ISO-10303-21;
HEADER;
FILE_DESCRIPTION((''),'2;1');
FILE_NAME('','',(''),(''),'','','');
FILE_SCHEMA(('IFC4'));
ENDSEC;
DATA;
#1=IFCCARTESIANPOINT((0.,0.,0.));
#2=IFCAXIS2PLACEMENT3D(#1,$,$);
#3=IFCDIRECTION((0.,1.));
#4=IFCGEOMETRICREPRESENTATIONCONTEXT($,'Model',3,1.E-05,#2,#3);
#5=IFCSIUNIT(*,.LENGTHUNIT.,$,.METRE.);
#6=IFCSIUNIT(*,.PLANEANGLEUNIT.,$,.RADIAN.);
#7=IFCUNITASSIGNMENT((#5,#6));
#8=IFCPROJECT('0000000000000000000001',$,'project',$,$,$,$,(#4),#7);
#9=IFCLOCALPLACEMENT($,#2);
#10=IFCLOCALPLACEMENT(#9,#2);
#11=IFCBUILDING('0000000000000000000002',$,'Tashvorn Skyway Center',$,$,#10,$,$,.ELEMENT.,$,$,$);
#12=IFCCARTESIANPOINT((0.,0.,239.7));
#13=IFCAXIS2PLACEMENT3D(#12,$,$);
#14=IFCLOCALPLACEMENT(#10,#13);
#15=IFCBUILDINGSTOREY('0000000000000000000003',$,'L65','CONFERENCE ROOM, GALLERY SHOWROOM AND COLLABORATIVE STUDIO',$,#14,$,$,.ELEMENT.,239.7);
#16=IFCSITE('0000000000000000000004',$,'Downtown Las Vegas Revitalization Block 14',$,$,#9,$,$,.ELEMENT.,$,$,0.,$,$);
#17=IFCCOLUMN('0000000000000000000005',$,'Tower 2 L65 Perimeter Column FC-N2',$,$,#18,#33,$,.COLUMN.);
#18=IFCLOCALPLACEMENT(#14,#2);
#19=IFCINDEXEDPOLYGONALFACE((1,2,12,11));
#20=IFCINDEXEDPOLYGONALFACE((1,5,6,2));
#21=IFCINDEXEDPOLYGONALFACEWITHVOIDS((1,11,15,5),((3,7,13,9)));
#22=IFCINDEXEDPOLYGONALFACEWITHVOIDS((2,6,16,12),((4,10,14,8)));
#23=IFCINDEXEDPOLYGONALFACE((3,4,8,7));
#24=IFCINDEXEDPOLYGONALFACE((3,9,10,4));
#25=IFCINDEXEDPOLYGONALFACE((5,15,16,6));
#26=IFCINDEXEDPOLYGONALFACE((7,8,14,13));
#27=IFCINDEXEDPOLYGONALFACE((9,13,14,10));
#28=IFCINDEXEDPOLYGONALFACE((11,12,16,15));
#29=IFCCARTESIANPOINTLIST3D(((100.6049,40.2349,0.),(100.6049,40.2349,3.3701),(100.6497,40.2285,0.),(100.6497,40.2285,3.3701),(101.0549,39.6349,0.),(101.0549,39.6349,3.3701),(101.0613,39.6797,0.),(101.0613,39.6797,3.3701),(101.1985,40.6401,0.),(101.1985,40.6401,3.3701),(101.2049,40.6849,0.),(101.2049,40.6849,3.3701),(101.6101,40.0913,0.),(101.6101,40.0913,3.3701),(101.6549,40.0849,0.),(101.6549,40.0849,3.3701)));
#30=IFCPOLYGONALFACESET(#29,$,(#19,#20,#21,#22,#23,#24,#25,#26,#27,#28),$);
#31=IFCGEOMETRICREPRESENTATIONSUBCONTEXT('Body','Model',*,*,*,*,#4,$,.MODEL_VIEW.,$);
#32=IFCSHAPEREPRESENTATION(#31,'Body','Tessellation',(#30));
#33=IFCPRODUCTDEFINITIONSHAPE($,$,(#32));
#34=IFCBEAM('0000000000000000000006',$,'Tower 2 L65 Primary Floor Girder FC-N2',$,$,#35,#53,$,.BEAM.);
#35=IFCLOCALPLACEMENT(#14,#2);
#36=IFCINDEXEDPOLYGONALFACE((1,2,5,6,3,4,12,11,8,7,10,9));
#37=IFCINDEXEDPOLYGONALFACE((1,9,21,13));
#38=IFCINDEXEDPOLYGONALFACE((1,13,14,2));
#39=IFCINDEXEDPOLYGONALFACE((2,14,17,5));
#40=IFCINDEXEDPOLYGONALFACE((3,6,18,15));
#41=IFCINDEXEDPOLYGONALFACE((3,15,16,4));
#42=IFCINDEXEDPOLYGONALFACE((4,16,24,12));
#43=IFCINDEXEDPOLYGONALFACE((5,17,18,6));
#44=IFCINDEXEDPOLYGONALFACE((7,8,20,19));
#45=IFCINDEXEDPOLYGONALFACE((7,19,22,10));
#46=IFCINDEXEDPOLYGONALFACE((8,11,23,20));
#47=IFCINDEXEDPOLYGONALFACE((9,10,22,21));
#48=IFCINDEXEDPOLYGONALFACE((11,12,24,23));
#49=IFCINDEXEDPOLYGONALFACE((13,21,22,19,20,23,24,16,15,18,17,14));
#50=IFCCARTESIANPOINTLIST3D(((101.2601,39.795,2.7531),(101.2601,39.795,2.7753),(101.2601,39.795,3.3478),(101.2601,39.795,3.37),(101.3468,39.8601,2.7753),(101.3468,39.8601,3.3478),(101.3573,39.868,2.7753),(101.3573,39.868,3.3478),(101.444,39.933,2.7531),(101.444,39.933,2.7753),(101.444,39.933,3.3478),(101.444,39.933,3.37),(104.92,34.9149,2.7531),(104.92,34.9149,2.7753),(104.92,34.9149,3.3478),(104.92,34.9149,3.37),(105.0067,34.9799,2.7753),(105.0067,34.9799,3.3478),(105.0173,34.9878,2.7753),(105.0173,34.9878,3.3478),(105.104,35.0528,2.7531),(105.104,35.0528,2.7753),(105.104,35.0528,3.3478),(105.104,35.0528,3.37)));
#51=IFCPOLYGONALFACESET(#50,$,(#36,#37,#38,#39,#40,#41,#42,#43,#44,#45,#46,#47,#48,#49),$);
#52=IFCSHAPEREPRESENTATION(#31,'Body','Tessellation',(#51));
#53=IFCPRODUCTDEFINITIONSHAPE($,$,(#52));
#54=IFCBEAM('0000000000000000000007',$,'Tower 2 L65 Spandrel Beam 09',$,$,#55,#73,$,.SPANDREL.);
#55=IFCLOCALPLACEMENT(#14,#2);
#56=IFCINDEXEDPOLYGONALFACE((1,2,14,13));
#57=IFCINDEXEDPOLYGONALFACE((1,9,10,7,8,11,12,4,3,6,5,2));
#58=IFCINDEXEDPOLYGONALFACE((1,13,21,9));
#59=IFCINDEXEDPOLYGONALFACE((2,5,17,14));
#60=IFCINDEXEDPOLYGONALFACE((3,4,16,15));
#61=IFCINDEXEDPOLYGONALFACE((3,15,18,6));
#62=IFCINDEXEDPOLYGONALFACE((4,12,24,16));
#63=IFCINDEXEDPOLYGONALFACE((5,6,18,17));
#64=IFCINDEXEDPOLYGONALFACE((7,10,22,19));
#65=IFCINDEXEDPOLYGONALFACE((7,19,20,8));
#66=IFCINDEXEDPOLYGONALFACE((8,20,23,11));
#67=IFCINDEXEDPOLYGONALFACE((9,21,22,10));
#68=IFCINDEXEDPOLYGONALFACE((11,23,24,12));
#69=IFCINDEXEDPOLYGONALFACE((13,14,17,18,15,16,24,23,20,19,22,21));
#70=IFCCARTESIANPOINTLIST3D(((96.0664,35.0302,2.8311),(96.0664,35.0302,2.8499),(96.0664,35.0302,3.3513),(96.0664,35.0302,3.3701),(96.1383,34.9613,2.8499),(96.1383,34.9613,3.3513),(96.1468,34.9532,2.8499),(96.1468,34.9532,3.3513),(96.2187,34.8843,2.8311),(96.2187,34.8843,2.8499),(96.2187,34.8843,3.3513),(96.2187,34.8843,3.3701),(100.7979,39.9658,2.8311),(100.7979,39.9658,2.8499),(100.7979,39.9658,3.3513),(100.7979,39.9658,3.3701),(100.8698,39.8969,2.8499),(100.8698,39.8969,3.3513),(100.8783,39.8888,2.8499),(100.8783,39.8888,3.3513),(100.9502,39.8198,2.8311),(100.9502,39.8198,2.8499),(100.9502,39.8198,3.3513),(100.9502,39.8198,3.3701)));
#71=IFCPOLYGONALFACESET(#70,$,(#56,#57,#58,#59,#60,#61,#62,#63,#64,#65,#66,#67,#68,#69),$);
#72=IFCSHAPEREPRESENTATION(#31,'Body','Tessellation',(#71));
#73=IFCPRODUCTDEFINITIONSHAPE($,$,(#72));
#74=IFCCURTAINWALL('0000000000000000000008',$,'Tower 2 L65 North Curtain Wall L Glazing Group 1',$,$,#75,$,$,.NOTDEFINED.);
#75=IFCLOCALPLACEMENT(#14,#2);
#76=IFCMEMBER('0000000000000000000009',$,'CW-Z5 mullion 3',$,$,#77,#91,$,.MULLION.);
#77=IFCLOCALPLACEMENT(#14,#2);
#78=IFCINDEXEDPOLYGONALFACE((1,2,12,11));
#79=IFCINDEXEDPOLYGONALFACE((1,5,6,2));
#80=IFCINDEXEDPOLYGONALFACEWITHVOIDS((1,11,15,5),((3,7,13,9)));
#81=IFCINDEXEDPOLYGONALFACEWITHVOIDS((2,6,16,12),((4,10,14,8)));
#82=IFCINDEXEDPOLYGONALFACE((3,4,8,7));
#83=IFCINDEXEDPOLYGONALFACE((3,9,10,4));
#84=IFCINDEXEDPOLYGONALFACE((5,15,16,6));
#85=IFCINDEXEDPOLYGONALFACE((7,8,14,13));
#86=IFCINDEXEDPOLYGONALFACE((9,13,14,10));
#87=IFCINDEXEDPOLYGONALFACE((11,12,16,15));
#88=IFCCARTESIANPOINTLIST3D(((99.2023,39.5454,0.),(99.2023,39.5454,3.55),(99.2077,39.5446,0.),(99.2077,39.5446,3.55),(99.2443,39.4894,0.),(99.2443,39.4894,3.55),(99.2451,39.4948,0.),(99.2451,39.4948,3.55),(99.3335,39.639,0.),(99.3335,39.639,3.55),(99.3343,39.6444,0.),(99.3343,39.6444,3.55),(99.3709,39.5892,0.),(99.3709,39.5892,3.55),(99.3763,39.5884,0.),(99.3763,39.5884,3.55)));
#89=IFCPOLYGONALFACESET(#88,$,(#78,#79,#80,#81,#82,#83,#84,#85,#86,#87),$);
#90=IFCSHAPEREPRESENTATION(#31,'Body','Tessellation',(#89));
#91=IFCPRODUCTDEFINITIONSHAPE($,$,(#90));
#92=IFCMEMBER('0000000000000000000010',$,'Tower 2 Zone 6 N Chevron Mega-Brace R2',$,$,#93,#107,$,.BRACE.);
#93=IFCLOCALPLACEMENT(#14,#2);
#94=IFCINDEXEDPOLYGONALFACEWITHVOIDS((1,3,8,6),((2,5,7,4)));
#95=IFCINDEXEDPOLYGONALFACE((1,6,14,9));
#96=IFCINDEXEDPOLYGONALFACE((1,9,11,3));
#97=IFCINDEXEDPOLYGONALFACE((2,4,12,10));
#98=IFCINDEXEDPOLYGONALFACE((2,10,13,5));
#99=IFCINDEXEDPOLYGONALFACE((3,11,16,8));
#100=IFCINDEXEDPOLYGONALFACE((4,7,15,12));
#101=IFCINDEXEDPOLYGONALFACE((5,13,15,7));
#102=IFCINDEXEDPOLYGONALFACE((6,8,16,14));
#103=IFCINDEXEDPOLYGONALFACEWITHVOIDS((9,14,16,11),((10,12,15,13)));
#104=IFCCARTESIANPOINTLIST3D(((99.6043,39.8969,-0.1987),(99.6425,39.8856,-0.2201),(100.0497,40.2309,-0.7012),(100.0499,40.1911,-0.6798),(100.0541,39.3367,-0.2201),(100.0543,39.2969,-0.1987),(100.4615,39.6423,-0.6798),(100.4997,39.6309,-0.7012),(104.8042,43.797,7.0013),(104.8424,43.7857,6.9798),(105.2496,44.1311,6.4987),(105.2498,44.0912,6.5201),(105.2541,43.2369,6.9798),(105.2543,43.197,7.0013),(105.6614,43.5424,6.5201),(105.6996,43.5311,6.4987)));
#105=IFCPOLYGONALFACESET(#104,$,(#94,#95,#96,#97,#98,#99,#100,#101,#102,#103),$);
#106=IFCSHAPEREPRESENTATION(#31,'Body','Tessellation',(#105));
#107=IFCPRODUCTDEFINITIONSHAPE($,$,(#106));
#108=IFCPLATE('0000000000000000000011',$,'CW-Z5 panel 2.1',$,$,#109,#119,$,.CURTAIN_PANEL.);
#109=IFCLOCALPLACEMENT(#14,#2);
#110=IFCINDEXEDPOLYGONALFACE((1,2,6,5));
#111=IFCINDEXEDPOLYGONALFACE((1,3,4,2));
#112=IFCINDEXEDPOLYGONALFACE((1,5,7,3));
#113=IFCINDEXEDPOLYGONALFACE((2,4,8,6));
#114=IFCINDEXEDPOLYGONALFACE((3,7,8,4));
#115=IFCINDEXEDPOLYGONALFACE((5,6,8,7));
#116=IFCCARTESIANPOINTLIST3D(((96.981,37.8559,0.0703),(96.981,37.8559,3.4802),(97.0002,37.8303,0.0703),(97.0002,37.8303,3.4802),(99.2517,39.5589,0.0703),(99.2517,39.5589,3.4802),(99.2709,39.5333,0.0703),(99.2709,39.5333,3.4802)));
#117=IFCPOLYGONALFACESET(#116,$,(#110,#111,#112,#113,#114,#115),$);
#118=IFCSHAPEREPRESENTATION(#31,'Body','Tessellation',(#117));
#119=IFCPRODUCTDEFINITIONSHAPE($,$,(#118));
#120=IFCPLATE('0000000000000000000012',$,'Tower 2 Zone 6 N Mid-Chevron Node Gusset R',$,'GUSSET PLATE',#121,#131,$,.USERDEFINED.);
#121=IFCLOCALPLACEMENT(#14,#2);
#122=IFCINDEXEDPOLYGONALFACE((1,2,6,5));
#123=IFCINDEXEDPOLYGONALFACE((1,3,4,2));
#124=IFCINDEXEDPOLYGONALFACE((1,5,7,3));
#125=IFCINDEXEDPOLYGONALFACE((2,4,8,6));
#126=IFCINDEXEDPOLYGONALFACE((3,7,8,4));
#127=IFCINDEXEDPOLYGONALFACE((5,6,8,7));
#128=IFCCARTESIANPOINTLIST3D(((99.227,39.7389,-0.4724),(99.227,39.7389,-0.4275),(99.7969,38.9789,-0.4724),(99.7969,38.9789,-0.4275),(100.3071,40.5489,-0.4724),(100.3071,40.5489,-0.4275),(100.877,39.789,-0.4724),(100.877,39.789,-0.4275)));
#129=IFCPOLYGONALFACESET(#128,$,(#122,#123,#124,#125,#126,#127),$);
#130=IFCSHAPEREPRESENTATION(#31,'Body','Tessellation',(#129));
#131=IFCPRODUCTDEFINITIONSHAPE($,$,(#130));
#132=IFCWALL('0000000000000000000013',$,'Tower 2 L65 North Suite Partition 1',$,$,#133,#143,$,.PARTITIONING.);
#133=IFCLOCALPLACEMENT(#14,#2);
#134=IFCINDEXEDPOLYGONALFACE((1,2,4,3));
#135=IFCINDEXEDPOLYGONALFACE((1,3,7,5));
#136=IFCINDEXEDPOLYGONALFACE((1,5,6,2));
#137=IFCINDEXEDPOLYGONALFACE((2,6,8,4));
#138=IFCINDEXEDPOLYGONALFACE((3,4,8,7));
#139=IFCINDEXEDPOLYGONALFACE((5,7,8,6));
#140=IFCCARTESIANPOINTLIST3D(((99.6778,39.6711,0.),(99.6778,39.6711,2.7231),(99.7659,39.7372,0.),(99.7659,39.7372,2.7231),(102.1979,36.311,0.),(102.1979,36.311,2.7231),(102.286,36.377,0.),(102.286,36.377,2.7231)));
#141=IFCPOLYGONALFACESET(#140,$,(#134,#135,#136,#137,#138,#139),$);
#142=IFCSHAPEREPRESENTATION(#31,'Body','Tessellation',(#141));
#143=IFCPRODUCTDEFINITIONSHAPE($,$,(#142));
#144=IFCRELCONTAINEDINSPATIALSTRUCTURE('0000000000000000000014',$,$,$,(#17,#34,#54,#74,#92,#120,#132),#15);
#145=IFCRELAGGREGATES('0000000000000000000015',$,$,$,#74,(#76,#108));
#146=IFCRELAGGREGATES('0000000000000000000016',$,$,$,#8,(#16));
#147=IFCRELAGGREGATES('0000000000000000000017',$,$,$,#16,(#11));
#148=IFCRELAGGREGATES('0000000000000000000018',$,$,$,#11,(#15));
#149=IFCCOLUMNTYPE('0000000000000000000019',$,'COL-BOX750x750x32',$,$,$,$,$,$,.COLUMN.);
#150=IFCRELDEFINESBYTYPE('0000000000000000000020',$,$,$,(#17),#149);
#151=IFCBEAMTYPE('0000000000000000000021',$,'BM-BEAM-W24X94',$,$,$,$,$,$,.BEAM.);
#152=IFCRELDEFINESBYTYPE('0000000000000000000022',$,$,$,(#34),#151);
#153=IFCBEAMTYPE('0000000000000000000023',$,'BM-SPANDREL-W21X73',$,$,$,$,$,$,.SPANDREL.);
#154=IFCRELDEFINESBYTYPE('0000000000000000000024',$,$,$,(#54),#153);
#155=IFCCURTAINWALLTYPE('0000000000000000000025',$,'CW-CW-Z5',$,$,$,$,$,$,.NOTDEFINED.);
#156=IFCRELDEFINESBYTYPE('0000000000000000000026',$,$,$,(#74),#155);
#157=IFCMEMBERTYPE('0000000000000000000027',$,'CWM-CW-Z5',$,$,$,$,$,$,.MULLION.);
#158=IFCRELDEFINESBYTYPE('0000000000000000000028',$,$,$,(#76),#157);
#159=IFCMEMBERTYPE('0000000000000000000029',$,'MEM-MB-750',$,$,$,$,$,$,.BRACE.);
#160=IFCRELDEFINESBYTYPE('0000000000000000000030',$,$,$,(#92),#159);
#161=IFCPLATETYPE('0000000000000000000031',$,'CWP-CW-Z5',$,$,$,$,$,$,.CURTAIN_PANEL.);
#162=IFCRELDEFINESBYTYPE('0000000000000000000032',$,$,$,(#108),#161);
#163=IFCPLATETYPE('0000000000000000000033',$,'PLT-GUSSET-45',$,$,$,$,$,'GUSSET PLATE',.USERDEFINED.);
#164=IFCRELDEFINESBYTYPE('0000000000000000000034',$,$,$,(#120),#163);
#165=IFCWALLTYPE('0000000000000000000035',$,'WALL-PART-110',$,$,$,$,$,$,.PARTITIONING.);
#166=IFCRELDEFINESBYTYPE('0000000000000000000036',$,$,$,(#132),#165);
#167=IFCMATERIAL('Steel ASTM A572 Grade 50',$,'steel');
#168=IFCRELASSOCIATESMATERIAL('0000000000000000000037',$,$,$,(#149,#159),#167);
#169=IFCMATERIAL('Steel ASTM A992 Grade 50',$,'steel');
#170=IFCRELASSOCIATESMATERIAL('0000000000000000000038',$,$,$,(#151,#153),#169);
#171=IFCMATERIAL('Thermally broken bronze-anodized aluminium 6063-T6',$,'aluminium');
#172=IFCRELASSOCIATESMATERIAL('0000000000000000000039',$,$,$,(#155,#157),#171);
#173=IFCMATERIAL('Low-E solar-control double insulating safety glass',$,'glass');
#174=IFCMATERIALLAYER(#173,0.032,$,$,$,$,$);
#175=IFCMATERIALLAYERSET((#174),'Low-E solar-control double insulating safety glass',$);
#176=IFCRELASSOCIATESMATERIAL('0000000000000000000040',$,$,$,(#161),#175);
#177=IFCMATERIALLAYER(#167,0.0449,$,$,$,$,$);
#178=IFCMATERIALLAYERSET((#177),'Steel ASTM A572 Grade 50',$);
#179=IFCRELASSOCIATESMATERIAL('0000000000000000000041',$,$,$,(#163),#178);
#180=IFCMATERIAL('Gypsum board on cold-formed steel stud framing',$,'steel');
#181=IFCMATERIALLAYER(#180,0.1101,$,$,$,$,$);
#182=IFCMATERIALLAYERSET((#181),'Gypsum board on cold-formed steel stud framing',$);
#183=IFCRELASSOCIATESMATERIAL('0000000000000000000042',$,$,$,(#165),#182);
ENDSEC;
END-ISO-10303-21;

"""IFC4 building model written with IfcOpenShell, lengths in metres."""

from ifc_helpers import new_model, si_unit, direction, frame, frame_2d, origin, origin_2d, place, context, subcontext, project, spatial, rectangle, hollow_rectangle, i_section, extrude, material, layer, layer_set, material_profile, profile_set, type_object, element, aggregate, save


model = new_model("IFC4")

# Units and contexts
model_context = context("Model", 3, precision=1e-05, world=origin(), true_north=direction((0.0, 1.0)))
body_context = subcontext(model_context, "Body", "Model", "MODEL_VIEW")
ifc_project = project(units=[si_unit("LENGTHUNIT", "METRE"), si_unit("PLANEANGLEUNIT", "RADIAN")], contexts=[model_context])

# Site, building, storey
site_placement = place(None, origin())
site = spatial("IfcSite", under=ifc_project, at=site_placement, Name="Downtown Las Vegas Revitalization Block 14", CompositionType="ELEMENT", RefElevation=0.0)
building_placement = place(site_placement, origin())
building = spatial("IfcBuilding", under=site, at=building_placement, Name="Tashvorn Skyway Center", CompositionType="ELEMENT")
storey_placement = place(building_placement, frame((0.0, 0.0, 239.7)))
storey = spatial("IfcBuildingStorey", under=building, at=storey_placement, Name="L65", Description="CONFERENCE ROOM, GALLERY SHOWROOM AND COLLABORATIVE STUDIO", CompositionType="ELEMENT", Elevation=239.7)

# Column
ifc_material_1 = material(Name="Steel ASTM A572 Grade 50", Category="steel")
ifc_material_profile_1 = material_profile(ifc_material_1, hollow_rectangle(XDim=0.75, YDim=0.75, WallThickness=0.032, at=origin_2d()), Name="BOX750x750x32")
ifc_profile_set_1 = profile_set([ifc_material_profile_1], Name="Steel ASTM A572 Grade 50")
column_type = type_object("IfcColumnType", Name="COL-BOX750x750x32", PredefinedType="COLUMN", material=ifc_profile_set_1)
column_placement = place(storey_placement, frame((101.1299, 40.1599, 0.0), z_axis=(0.0, 0.0, 1.0), x_axis=(0.8, 0.6, 0.0)))
element("IfcColumn", 1, at=column_placement, inside=storey, type_object=column_type, Name="Tower 2 L65 Perimeter Column FC-N2", PredefinedType="COLUMN", context=body_context, shape_type="SweptSolid", body=[
    extrude(hollow_rectangle(XDim=0.75, YDim=0.75, WallThickness=0.032, at=origin_2d()), origin(), (0.0, 0.0, 1.0), 3.3701),
])

# Beams
ifc_material_2 = material(Name="Steel ASTM A992 Grade 50", Category="steel")
ifc_material_profile_2 = material_profile(ifc_material_2, i_section(OverallWidth=0.23, OverallDepth=0.6169, WebThickness=0.0132, FlangeThickness=0.0222, at=origin_2d()), Name="W24X94")
ifc_profile_set_2 = profile_set([ifc_material_profile_2], Name="Steel ASTM A992 Grade 50")
beam_type_1 = type_object("IfcBeamType", Name="BM-BEAM-W24X94", PredefinedType="BEAM", material=ifc_profile_set_2)
beam_1_placement = place(storey_placement, frame((101.3521, 39.864, 3.0615), z_axis=(0.599981, -0.800014, 0.0), x_axis=(0.800014, 0.599981, 0.0)))
element("IfcBeam", 2, at=beam_1_placement, inside=storey, type_object=beam_type_1, Name="Tower 2 L65 Primary Floor Girder FC-N2", PredefinedType="BEAM", context=body_context, shape_type="SweptSolid", body=[
    extrude(i_section(OverallWidth=0.23, OverallDepth=0.6169, WebThickness=0.0132, FlangeThickness=0.0222, at=origin_2d()), origin(), (0.0, 0.0, 1.0), 6.1001),
])
ifc_material_profile_3 = material_profile(ifc_material_2, i_section(OverallWidth=0.2109, OverallDepth=0.5391, WebThickness=0.0117, FlangeThickness=0.0188, at=origin_2d()), Name="W21X73")
ifc_profile_set_3 = profile_set([ifc_material_profile_3], Name="Steel ASTM A992 Grade 50")
beam_type_2 = type_object("IfcBeamType", Name="BM-SPANDREL-W21X73", PredefinedType="SPANDREL", material=ifc_profile_set_3)
beam_2_placement = place(storey_placement, frame((100.874, 39.8928, 3.1006), z_axis=(-0.692023, -0.721875, 0.0), x_axis=(0.721875, -0.692023, 0.0)))
element("IfcBeam", 3, at=beam_2_placement, inside=storey, type_object=beam_type_2, Name="Tower 2 L65 Spandrel Beam 09", PredefinedType="SPANDREL", context=body_context, shape_type="SweptSolid", body=[
    extrude(i_section(OverallWidth=0.2109, OverallDepth=0.5391, WebThickness=0.0117, FlangeThickness=0.0188, at=origin_2d()), origin(), (0.0, 0.0, 1.0), 6.8372),
])

# Curtain wall, member
ifc_material_3 = material(Name="Thermally broken bronze-anodized aluminium 6063-T6", Category="aluminium")
curtain_wall_type = type_object("IfcCurtainWallType", Name="CW-CW-Z5", PredefinedType="NOTDEFINED", material=ifc_material_3)
curtain_wall_placement = place(storey_placement, origin())
curtain_wall = element("IfcCurtainWall", 4, at=curtain_wall_placement, inside=storey, type_object=curtain_wall_type, Name="Tower 2 L65 North Curtain Wall L Glazing Group 1", PredefinedType="NOTDEFINED")
ifc_material_profile_4 = material_profile(ifc_material_3, hollow_rectangle(XDim=0.0701, YDim=0.165, WallThickness=0.0039, at=origin_2d()), Name="ALU-MULL-70x165")
ifc_profile_set_4 = profile_set([ifc_material_profile_4], Name="Thermally broken bronze-anodized aluminium 6063-T6")
member_type_1 = type_object("IfcMemberType", Name="CWM-CW-Z5", PredefinedType="MULLION", material=ifc_profile_set_4)
member_1_placement = place(storey_placement, frame((99.2893, 39.5669, 0.0), z_axis=(0.0, 0.0, 1.0), x_axis=(-0.600003, 0.799998, 0.0)))
member_1 = element("IfcMember", 5, at=member_1_placement, type_object=member_type_1, Name="CW-Z5 mullion 3", PredefinedType="MULLION", context=body_context, shape_type="SweptSolid", body=[
    extrude(hollow_rectangle(XDim=0.0701, YDim=0.165, WallThickness=0.0039, at=origin_2d()), origin(), (0.0, 0.0, 1.0), 3.55),
])

# Member
ifc_material_profile_5 = material_profile(ifc_material_1, hollow_rectangle(XDim=0.75, YDim=0.75, WallThickness=0.032, at=origin_2d()), Name="BOX750x750x32")
ifc_profile_set_5 = profile_set([ifc_material_profile_5], Name="Steel ASTM A572 Grade 50")
member_type_2 = type_object("IfcMemberType", Name="MEM-MB-750", PredefinedType="BRACE", material=ifc_profile_set_5)
member_2_placement = place(storey_placement, frame((100.052, 39.7639, -0.45), z_axis=(0.536078, 0.402077, 0.742263), x_axis=(-0.600018, 0.799986, 0.0)))
element("IfcMember", 6, at=member_2_placement, inside=storey, type_object=member_type_2, Name="Tower 2 Zone 6 N Chevron Mega-Brace R2", PredefinedType="BRACE", context=body_context, shape_type="SweptSolid", body=[
    extrude(hollow_rectangle(XDim=0.75, YDim=0.75, WallThickness=0.032, at=origin_2d()), origin(), (0.0, 0.0, 1.0), 9.7),
])

# Plates
ifc_material_4 = material(Name="Low-E solar-control double insulating safety glass", Category="glass")
ifc_layer_1 = layer(ifc_material_4, 0.032)
ifc_layer_set_1 = layer_set([ifc_layer_1], Name="Low-E solar-control double insulating safety glass")
plate_type_1 = type_object("IfcPlateType", Name="CWP-CW-Z5", PredefinedType="CURTAIN_PANEL", material=ifc_layer_set_1)
plate_1_placement = place(storey_placement, frame((98.126, 38.6946, 0.0703), z_axis=(0.0, 0.0, 1.0), x_axis=(0.799998, 0.600003, 0.0)))
plate_1 = element("IfcPlate", 7, at=plate_1_placement, type_object=plate_type_1, Name="CW-Z5 panel 2.1", PredefinedType="CURTAIN_PANEL", context=body_context, shape_type="SweptSolid", body=[
    extrude(rectangle(XDim=2.8384, YDim=0.032, at=origin_2d()), origin(), (0.0, 0.0, 1.0), 3.4099),
])
aggregate(curtain_wall, [member_1, plate_1])
ifc_layer_2 = layer(ifc_material_1, 0.0449)
ifc_layer_set_2 = layer_set([ifc_layer_2], Name="Steel ASTM A572 Grade 50")
plate_type_2 = type_object("IfcPlateType", Name="PLT-GUSSET-45", ElementType="GUSSET PLATE", PredefinedType="USERDEFINED", material=ifc_layer_set_2)
plate_2_placement = place(storey_placement, frame((100.052, 39.7639, -0.4724), z_axis=(0.0, 0.0, 1.0), x_axis=(-0.8, -0.6, 0.0)))
element("IfcPlate", 8, at=plate_2_placement, inside=storey, type_object=plate_type_2, Name="Tower 2 Zone 6 N Mid-Chevron Node Gusset R", ObjectType="GUSSET PLATE", PredefinedType="USERDEFINED", context=body_context, shape_type="SweptSolid", body=[
    extrude(rectangle(XDim=1.3501, YDim=0.95, at=origin_2d()), origin(), (0.0, 0.0, 1.0), 0.0449),
])

# Wall
ifc_material_5 = material(Name="Gypsum board on cold-formed steel stud framing", Category="steel")
ifc_layer_3 = layer(ifc_material_5, 0.1101)
ifc_layer_set_3 = layer_set([ifc_layer_3], Name="Gypsum board on cold-formed steel stud framing")
wall_type_1 = type_object("IfcWallType", Name="WALL-PART-110", PredefinedType="PARTITIONING", material=ifc_layer_set_3)
wall_1_placement = place(storey_placement, frame((102.2419, 36.344, 0.0), z_axis=(0.0, 0.0, 1.0), x_axis=(-0.599991, 0.800007, 0.0)))
element("IfcWall", 9, at=wall_1_placement, inside=storey, type_object=wall_type_1, Name="Tower 2 L65 North Suite Partition 1", PredefinedType="PARTITIONING", context=body_context, shape_type="SweptSolid", body=[
    extrude(rectangle(XDim=4.2002, YDim=0.1101, at=frame_2d((2.1001, 0.0))), origin(), (0.0, 0.0, 1.0), 2.7231),
])

save(model, "model.ifc")
